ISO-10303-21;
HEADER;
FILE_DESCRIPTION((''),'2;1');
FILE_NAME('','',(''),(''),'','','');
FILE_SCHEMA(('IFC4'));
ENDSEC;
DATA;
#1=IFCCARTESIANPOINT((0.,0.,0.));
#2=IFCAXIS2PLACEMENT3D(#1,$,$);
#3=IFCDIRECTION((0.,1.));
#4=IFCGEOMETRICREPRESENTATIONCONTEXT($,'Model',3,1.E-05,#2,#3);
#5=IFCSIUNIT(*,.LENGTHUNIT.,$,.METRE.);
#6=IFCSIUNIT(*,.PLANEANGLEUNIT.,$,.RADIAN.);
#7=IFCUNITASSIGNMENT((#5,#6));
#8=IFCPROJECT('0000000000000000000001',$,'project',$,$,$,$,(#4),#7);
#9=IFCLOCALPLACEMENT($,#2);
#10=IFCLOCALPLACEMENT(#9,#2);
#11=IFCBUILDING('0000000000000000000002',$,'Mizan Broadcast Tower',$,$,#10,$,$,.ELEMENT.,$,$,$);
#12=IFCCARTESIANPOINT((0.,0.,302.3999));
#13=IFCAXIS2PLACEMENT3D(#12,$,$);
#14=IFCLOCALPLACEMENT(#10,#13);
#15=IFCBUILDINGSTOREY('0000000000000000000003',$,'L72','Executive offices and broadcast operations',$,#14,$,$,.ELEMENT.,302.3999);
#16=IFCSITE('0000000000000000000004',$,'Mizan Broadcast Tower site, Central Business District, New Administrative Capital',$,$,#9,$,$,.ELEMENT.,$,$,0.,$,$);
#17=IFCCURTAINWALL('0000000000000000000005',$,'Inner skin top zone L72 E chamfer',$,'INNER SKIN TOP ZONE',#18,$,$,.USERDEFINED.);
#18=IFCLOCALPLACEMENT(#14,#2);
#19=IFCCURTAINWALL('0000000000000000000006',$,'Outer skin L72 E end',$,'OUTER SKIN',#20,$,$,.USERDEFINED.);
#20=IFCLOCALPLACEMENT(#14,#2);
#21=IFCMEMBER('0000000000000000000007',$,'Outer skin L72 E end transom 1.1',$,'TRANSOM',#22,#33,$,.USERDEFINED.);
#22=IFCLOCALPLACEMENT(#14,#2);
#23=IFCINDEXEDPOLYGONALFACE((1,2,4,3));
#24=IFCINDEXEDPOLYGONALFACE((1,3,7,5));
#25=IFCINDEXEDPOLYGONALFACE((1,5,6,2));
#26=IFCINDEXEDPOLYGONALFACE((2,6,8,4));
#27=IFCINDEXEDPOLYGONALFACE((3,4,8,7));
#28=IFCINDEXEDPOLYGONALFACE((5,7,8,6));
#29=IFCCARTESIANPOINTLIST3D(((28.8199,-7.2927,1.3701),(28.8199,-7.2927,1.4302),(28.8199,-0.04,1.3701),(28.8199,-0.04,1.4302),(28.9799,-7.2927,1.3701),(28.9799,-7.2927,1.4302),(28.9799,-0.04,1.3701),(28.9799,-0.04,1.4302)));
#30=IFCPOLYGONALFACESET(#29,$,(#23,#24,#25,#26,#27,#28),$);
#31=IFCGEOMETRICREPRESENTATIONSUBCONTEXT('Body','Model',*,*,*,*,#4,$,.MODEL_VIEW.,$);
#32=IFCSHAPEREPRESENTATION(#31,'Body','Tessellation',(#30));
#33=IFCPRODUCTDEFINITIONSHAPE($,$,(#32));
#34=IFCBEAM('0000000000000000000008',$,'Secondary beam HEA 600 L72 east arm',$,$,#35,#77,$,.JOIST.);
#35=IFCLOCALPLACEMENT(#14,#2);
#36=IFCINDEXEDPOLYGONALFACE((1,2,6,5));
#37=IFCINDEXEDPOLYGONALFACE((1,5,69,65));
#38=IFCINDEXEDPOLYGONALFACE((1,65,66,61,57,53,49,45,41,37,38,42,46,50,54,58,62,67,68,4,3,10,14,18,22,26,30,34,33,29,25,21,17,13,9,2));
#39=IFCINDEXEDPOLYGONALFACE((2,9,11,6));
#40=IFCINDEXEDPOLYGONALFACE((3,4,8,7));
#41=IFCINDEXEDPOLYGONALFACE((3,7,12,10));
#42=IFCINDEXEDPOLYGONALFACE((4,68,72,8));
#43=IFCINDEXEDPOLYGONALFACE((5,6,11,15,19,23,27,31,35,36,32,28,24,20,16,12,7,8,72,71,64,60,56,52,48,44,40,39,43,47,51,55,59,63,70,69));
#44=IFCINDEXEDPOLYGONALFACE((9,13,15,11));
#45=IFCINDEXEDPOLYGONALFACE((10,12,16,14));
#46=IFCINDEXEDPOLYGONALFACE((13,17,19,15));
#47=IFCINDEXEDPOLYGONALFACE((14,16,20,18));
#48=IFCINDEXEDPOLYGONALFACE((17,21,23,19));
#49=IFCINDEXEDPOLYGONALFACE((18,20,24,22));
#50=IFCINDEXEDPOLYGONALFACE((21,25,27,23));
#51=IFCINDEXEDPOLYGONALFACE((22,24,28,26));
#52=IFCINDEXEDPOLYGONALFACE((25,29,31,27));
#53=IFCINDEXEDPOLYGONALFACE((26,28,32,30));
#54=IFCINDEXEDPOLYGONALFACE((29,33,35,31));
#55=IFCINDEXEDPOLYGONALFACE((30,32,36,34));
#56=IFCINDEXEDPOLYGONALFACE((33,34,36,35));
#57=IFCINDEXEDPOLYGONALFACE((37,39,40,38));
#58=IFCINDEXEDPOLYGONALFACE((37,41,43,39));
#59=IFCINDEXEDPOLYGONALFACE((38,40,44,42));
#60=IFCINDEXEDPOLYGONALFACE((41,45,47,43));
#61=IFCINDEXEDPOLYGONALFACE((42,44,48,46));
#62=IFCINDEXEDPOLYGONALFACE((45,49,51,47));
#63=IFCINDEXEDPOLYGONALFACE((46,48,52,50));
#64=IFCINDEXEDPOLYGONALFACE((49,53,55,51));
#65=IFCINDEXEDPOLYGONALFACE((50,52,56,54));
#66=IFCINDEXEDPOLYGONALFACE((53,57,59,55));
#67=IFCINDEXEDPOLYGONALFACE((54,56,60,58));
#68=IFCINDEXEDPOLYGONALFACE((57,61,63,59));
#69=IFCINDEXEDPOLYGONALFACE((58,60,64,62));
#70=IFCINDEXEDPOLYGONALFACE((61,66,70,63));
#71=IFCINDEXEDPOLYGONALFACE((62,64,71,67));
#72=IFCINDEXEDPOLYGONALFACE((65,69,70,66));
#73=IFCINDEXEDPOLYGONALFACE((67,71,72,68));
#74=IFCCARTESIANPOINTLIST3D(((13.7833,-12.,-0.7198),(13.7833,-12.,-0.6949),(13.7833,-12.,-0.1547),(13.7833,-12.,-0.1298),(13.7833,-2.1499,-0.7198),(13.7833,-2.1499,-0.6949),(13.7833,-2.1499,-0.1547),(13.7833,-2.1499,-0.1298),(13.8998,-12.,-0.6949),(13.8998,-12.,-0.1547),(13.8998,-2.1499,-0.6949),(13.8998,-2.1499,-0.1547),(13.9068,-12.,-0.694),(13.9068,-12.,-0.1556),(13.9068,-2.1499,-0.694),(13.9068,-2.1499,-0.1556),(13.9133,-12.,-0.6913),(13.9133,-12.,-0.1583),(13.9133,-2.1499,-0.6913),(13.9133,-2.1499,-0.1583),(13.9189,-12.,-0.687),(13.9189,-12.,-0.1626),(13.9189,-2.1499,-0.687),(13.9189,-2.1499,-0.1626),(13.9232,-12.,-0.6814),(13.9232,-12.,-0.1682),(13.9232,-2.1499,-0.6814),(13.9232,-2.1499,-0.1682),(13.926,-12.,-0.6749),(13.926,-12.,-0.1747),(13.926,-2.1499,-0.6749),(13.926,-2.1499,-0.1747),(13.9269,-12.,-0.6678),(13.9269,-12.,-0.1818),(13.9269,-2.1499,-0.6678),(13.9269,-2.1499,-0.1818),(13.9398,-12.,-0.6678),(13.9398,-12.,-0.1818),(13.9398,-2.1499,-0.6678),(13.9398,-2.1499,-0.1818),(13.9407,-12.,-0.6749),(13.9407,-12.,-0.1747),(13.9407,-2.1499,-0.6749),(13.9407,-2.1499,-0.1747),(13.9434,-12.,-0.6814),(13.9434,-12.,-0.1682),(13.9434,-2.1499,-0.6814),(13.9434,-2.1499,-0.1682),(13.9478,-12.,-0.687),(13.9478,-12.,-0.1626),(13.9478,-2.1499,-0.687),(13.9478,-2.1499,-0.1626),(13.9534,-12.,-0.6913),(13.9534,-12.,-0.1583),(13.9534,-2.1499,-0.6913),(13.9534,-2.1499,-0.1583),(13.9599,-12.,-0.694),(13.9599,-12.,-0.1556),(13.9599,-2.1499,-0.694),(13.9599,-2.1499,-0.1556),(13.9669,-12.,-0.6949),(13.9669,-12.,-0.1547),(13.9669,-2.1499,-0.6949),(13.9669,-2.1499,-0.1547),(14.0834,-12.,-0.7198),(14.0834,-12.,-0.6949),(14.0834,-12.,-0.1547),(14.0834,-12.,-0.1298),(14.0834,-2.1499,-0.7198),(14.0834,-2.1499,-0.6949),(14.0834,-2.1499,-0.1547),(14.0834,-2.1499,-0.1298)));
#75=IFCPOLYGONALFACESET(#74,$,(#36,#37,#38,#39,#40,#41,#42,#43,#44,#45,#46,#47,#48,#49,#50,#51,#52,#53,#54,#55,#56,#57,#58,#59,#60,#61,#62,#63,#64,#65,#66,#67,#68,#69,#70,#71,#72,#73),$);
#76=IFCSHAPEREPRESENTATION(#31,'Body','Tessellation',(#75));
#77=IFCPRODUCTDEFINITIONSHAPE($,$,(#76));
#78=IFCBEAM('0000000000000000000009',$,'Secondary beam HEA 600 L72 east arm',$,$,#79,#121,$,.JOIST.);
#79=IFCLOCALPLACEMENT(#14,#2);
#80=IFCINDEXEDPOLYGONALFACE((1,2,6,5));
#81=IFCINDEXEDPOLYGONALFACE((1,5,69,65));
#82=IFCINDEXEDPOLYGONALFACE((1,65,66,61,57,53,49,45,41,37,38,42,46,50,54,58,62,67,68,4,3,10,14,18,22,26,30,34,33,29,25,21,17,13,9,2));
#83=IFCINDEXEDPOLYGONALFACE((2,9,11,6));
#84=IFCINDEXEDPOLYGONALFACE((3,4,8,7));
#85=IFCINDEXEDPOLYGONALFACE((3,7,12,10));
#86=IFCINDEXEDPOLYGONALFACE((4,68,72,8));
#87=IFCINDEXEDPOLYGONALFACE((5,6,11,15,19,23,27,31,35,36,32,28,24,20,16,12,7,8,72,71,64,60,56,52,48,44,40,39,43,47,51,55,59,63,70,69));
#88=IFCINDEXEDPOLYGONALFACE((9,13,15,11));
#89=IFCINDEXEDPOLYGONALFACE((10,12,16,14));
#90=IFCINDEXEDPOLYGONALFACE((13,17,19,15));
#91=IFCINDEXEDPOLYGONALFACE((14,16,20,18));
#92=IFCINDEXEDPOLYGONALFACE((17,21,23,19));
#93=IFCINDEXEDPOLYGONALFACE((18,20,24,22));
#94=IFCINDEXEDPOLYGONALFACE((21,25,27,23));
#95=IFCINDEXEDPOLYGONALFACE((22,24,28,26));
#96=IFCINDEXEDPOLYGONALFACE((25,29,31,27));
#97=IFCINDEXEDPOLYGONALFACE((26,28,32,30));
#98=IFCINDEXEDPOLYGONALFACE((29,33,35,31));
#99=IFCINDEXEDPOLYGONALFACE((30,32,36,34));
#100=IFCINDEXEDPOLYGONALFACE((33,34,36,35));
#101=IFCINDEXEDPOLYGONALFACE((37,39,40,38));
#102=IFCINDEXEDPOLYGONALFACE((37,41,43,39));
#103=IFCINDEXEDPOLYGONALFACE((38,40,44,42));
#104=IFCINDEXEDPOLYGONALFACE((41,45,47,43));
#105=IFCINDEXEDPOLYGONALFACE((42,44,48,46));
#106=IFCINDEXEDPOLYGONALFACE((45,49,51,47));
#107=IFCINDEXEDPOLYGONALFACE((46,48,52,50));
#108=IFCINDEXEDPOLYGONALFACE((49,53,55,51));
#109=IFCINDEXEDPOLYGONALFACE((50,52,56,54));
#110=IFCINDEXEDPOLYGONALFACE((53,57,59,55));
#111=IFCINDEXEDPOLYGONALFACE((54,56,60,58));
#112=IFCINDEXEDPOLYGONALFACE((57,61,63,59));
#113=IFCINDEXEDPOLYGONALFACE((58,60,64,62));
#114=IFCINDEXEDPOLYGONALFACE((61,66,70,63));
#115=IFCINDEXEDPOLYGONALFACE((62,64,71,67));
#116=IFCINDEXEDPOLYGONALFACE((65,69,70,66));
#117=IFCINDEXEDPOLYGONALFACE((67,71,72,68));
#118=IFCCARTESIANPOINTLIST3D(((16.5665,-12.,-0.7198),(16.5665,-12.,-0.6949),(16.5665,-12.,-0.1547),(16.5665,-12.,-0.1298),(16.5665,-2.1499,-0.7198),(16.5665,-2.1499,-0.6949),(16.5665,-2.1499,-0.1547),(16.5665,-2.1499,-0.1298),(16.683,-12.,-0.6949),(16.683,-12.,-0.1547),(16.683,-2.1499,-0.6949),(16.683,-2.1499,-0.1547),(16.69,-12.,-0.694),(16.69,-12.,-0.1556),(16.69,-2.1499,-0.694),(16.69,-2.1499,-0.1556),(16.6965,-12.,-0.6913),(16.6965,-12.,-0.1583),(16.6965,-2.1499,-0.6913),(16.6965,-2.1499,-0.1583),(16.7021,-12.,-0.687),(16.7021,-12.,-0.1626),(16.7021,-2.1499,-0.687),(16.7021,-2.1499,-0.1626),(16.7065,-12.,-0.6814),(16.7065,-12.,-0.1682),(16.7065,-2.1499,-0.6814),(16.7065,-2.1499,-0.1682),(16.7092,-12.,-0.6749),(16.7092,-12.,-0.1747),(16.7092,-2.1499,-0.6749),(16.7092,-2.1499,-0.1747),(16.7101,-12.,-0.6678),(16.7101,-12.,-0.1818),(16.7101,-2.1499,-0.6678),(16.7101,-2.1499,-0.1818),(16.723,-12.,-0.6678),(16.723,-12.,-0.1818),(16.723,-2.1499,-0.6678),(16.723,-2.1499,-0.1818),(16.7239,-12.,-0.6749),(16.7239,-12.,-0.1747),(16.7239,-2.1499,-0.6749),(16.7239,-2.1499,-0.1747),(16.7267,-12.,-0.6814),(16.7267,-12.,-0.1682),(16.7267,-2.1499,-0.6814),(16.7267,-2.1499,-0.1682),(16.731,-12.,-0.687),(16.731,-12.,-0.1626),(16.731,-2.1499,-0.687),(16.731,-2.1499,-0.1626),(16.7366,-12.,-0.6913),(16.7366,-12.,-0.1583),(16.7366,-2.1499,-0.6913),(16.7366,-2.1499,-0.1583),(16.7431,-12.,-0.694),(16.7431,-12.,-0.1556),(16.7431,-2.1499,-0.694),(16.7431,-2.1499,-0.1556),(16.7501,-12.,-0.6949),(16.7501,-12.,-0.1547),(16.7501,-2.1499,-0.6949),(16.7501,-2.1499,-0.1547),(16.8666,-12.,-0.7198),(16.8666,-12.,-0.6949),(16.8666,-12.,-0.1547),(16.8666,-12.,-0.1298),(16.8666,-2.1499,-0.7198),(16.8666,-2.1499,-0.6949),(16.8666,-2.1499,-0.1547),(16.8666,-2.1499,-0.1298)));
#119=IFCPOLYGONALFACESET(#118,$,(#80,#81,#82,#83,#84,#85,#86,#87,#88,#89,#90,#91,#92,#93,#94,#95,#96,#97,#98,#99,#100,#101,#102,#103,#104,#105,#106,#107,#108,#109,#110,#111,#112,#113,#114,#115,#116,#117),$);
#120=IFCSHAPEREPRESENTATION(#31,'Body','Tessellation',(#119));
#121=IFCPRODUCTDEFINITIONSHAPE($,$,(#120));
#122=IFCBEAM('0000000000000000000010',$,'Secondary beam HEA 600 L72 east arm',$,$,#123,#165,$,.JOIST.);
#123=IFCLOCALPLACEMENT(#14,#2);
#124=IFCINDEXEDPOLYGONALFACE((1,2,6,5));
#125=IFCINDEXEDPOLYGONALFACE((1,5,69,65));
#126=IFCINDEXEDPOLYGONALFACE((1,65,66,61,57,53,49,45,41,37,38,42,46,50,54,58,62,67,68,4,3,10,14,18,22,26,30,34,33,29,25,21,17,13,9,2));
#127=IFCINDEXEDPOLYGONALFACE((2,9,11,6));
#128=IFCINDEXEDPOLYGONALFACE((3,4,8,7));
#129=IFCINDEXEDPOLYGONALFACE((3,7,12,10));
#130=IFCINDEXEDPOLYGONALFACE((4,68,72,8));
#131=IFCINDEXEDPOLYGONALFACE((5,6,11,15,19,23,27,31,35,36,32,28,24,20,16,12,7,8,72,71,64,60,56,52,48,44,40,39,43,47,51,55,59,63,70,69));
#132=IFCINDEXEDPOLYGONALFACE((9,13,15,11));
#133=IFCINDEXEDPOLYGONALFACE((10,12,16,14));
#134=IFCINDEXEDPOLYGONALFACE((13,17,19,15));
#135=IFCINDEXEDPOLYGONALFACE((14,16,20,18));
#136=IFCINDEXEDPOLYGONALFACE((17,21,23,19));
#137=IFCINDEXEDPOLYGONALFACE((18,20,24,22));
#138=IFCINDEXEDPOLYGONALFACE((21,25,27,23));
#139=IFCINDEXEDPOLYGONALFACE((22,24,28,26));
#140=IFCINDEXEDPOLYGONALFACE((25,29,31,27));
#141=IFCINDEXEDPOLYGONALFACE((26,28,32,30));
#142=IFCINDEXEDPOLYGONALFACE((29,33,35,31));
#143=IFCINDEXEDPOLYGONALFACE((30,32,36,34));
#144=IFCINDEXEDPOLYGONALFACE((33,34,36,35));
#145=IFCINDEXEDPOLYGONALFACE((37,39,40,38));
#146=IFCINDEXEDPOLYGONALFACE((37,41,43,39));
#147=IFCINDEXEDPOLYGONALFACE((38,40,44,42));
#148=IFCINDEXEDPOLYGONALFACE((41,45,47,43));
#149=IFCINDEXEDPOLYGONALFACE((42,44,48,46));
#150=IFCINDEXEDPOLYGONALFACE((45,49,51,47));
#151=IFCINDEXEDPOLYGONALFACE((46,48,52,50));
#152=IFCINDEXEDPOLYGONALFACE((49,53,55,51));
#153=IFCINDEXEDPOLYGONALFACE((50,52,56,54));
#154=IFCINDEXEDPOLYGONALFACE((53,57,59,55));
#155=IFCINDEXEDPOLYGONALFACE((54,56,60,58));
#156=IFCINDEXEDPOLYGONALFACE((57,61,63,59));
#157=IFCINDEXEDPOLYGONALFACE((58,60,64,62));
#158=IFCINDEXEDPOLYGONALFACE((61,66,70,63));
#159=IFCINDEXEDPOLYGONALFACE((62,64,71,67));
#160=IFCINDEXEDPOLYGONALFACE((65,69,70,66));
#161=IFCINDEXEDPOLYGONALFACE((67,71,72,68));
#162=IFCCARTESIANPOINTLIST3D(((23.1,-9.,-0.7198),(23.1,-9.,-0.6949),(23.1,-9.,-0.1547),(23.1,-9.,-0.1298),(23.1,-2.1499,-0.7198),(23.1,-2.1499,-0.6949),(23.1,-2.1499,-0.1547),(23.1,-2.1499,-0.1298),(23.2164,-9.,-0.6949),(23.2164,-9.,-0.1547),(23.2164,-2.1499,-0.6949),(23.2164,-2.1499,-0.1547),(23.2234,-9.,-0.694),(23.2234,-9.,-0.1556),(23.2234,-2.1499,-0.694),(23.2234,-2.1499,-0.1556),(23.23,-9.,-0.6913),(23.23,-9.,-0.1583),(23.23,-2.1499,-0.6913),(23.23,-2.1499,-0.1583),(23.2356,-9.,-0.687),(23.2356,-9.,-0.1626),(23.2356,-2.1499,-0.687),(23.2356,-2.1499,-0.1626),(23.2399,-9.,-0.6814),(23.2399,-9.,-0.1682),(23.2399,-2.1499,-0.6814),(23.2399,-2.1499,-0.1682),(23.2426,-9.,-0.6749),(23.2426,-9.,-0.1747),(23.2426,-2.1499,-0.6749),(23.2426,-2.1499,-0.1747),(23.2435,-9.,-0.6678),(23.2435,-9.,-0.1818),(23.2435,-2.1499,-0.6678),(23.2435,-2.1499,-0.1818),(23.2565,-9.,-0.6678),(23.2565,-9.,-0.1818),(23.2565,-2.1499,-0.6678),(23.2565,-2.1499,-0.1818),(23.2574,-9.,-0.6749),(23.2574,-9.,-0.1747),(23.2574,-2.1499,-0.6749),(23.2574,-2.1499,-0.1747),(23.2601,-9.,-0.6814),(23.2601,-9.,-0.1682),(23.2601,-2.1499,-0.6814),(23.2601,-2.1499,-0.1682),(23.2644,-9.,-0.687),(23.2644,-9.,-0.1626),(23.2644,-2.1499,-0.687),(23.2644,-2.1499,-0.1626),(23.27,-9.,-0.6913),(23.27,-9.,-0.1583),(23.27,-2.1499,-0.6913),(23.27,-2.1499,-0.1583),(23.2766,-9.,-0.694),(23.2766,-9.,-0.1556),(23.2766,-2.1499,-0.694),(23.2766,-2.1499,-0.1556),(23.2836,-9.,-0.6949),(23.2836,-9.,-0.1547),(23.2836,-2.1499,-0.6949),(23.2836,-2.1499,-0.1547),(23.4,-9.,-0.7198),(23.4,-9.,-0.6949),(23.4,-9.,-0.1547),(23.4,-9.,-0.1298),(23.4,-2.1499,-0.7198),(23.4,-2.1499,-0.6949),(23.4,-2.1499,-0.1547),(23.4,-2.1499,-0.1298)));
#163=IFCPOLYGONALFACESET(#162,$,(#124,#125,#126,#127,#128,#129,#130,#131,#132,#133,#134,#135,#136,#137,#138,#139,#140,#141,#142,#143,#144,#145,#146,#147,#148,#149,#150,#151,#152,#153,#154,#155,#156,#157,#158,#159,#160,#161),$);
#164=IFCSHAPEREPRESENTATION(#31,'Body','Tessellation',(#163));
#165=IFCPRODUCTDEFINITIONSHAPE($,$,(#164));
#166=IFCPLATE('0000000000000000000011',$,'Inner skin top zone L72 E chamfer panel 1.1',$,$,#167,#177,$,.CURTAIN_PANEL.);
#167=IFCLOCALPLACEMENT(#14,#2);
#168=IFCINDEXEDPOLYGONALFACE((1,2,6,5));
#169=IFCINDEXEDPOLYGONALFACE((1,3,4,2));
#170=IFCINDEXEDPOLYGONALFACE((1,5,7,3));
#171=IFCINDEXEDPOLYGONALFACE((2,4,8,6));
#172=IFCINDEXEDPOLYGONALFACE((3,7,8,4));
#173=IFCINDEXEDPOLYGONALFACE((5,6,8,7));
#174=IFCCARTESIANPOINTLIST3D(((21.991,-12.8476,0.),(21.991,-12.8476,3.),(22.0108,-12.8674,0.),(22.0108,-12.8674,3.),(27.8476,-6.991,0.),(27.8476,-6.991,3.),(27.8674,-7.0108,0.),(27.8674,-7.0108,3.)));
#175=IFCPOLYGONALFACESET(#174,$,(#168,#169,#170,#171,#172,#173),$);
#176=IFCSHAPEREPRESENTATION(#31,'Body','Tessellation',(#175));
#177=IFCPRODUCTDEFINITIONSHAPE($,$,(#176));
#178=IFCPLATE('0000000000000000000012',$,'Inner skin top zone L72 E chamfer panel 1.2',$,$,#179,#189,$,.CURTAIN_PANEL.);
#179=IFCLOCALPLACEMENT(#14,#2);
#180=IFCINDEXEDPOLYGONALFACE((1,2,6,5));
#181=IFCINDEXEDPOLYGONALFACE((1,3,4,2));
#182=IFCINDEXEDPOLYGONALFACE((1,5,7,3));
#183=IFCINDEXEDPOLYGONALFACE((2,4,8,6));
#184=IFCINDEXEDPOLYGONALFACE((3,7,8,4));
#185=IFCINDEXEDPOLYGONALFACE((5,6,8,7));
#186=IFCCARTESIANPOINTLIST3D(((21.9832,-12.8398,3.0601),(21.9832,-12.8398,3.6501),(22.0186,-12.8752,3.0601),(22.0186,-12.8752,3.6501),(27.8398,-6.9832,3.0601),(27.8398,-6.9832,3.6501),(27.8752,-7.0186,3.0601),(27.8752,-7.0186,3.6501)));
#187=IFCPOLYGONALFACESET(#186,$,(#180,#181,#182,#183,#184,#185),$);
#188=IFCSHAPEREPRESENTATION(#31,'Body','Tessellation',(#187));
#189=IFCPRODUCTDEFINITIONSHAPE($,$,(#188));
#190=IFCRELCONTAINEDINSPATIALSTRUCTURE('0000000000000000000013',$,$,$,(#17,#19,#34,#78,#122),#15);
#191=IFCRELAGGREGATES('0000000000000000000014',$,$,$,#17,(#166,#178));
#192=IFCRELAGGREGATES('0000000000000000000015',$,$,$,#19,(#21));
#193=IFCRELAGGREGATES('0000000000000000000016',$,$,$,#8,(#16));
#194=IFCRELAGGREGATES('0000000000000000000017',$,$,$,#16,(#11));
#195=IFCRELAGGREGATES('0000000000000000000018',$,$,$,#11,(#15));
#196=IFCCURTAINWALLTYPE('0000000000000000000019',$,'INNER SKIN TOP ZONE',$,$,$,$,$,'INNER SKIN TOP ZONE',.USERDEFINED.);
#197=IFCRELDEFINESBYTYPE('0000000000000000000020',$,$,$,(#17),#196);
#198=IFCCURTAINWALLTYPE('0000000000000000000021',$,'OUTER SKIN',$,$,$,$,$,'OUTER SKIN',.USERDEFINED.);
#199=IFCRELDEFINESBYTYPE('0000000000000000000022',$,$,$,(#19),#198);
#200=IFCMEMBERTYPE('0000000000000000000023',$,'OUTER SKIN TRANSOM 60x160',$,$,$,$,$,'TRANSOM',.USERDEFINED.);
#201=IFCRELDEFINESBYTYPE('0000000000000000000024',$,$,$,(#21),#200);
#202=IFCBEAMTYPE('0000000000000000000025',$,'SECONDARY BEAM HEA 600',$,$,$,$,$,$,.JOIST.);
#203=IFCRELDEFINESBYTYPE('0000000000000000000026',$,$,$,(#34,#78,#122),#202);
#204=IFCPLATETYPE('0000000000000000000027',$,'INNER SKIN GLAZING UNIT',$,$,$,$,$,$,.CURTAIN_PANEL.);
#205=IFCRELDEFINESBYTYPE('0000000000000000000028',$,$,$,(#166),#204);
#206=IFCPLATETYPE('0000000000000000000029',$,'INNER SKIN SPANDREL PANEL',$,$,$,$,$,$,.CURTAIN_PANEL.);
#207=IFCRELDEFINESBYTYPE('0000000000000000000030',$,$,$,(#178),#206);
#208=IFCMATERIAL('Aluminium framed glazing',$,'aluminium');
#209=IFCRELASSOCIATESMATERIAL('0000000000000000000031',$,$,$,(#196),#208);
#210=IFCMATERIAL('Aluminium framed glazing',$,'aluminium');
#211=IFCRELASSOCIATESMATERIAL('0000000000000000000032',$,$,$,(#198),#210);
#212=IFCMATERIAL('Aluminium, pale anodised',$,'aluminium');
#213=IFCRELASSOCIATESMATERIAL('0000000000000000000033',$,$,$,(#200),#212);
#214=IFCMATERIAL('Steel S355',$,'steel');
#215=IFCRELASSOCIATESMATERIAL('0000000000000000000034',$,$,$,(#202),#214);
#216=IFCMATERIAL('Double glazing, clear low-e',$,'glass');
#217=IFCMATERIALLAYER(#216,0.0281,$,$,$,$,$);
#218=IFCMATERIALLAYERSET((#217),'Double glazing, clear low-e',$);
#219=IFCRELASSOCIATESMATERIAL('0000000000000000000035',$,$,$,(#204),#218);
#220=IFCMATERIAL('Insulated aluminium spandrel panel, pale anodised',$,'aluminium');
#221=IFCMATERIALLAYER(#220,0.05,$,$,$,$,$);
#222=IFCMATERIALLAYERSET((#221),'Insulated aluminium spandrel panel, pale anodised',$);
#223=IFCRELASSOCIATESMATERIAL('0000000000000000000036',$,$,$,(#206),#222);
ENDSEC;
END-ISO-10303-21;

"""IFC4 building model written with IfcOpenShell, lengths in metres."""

from ifc_helpers import new_model, si_unit, direction, frame, origin, origin_2d, place, context, subcontext, project, spatial, rectangle, i_section, extrude, material, layer, layer_set, material_profile, profile_set, type_object, element, aggregate, save


model = new_model("IFC4")

# Units and contexts
model_context = context("Model", 3, precision=1e-05, world=origin(), true_north=direction((0.0, 1.0)))
body_context = subcontext(model_context, "Body", "Model", "MODEL_VIEW")
ifc_project = project(units=[si_unit("LENGTHUNIT", "METRE"), si_unit("PLANEANGLEUNIT", "RADIAN")], contexts=[model_context])

# Site, building, storey
site_placement = place(None, origin())
site = spatial("IfcSite", under=ifc_project, at=site_placement, Name="Mizan Broadcast Tower site, Central Business District, New Administrative Capital", CompositionType="ELEMENT", RefElevation=0.0)
building_placement = place(site_placement, origin())
building = spatial("IfcBuilding", under=site, at=building_placement, Name="Mizan Broadcast Tower", CompositionType="ELEMENT")
storey_placement = place(building_placement, frame((0.0, 0.0, 302.3999)))
storey = spatial("IfcBuildingStorey", under=building, at=storey_placement, Name="L72", Description="Executive offices and broadcast operations", CompositionType="ELEMENT", Elevation=302.3999)

# Curtain wall
ifc_material_1 = material(Name="Aluminium framed glazing", Category="aluminium")
curtain_wall_type_1 = type_object("IfcCurtainWallType", Name="INNER SKIN TOP ZONE", ElementType="INNER SKIN TOP ZONE", PredefinedType="USERDEFINED", material=ifc_material_1)
curtain_wall_1_placement = place(storey_placement, origin())
curtain_wall_1 = element("IfcCurtainWall", 1, at=curtain_wall_1_placement, inside=storey, type_object=curtain_wall_type_1, Name="Inner skin top zone L72 E chamfer", ObjectType="INNER SKIN TOP ZONE", PredefinedType="USERDEFINED")

# Shared definitions
ifc_material_2 = material(Name="Aluminium framed glazing", Category="aluminium")
curtain_wall_type_2 = type_object("IfcCurtainWallType", Name="OUTER SKIN", ElementType="OUTER SKIN", PredefinedType="USERDEFINED", material=ifc_material_2)
ifc_material_3 = material(Name="Aluminium, pale anodised", Category="aluminium")
ifc_material_profile_1 = material_profile(ifc_material_3, rectangle(XDim=0.1599, YDim=0.0601, at=origin_2d()), Name="TRANSOM 160x60")
ifc_profile_set_1 = profile_set([ifc_material_profile_1], Name="Aluminium, pale anodised")
member_type_1 = type_object("IfcMemberType", Name="OUTER SKIN TRANSOM 60x160", ElementType="TRANSOM", PredefinedType="USERDEFINED", material=ifc_profile_set_1)

# Curtain wall, member
curtain_wall_2_placement = place(storey_placement, origin())
curtain_wall_2 = element("IfcCurtainWall", 2, at=curtain_wall_2_placement, inside=storey, type_object=curtain_wall_type_2, Name="Outer skin L72 E end", ObjectType="OUTER SKIN", PredefinedType="USERDEFINED")
member_1_placement = place(storey_placement, frame((28.8999, -7.2927, 1.4001), z_axis=(0.0, 1.0, 0.0), x_axis=(-1.0, 0.0, 0.0)))
member_1 = element("IfcMember", 3, at=member_1_placement, type_object=member_type_1, Name="Outer skin L72 E end transom 1.1", ObjectType="TRANSOM", PredefinedType="USERDEFINED", context=body_context, shape_type="SweptSolid", body=[
    extrude(rectangle(XDim=0.1599, YDim=0.0601, at=origin_2d()), origin(), (0.0, 0.0, 1.0), 7.2527),
])

# Beams
ifc_material_4 = material(Name="Steel S355", Category="steel")
ifc_material_profile_2 = material_profile(ifc_material_4, i_section(OverallWidth=0.3, OverallDepth=0.5901, WebThickness=0.0129, FlangeThickness=0.0249, FilletRadius=0.0271, at=origin_2d()), Name="HEA 600")
ifc_profile_set_2 = profile_set([ifc_material_profile_2], Name="Steel S355")
beam_type_1 = type_object("IfcBeamType", Name="SECONDARY BEAM HEA 600", PredefinedType="JOIST", material=ifc_profile_set_2)
for number, where, z_axis, x_axis, name in (
    (4, (13.9333, -12.0, -0.4248), (0.0, 1.0, 0.0), (-1.0, 0.0, 0.0), "Secondary beam HEA 600 L72 east arm"),
    (5, (16.7166, -12.0, -0.4248), (0.0, 1.0, 0.0), (-1.0, 0.0, 0.0), "Secondary beam HEA 600 L72 east arm"),
):
    element("IfcBeam", number, at=place(storey_placement, frame(where, z_axis=z_axis, x_axis=x_axis)), inside=storey, type_object=beam_type_1, Name=name, PredefinedType="JOIST", context=body_context, shape_type="SweptSolid", body=[
        extrude(i_section(OverallWidth=0.3, OverallDepth=0.5901, WebThickness=0.0129, FlangeThickness=0.0249, FilletRadius=0.0271, at=origin_2d()), origin(), (0.0, 0.0, 1.0), 9.8501),
    ])
beam_1_placement = place(storey_placement, frame((23.25, -9.0, -0.4248), z_axis=(0.0, 1.0, 0.0), x_axis=(-1.0, 0.0, 0.0)))
element("IfcBeam", 6, at=beam_1_placement, inside=storey, type_object=beam_type_1, Name="Secondary beam HEA 600 L72 east arm", PredefinedType="JOIST", context=body_context, shape_type="SweptSolid", body=[
    extrude(i_section(OverallWidth=0.3, OverallDepth=0.5901, WebThickness=0.0129, FlangeThickness=0.0249, FilletRadius=0.0271, at=origin_2d()), origin(), (0.0, 0.0, 1.0), 6.8501),
])

# Plates
ifc_material_5 = material(Name="Double glazing, clear low-e", Category="glass")
ifc_layer_1 = layer(ifc_material_5, 0.0281)
ifc_layer_set_1 = layer_set([ifc_layer_1], Name="Double glazing, clear low-e")
plate_type_1 = type_object("IfcPlateType", Name="INNER SKIN GLAZING UNIT", PredefinedType="CURTAIN_PANEL", material=ifc_layer_set_1)
plate_1_placement = place(storey_placement, frame((24.9292, -9.9292, 0.0), z_axis=(0.0, 0.0, 1.0), x_axis=(0.707107, 0.707107, 0.0)))
plate_1 = element("IfcPlate", 7, at=plate_1_placement, type_object=plate_type_1, Name="Inner skin top zone L72 E chamfer panel 1.1", PredefinedType="CURTAIN_PANEL", context=body_context, shape_type="SweptSolid", body=[
    extrude(rectangle(XDim=8.2825, YDim=0.0281, at=origin_2d()), origin(), (0.0, 0.0, 1.0), 3.0),
])
ifc_material_6 = material(Name="Insulated aluminium spandrel panel, pale anodised", Category="aluminium")
ifc_layer_2 = layer(ifc_material_6, 0.05)
ifc_layer_set_2 = layer_set([ifc_layer_2], Name="Insulated aluminium spandrel panel, pale anodised")
plate_type_2 = type_object("IfcPlateType", Name="INNER SKIN SPANDREL PANEL", PredefinedType="CURTAIN_PANEL", material=ifc_layer_set_2)
plate_2_placement = place(storey_placement, frame((24.9292, -9.9292, 3.0601), z_axis=(0.0, 0.0, 1.0), x_axis=(0.707107, 0.707107, 0.0)))
plate_2 = element("IfcPlate", 8, at=plate_2_placement, type_object=plate_type_2, Name="Inner skin top zone L72 E chamfer panel 1.2", PredefinedType="CURTAIN_PANEL", context=body_context, shape_type="SweptSolid", body=[
    extrude(rectangle(XDim=8.2825, YDim=0.05, at=origin_2d()), origin(), (0.0, 0.0, 1.0), 0.5901),
])
aggregate(curtain_wall_1, [plate_1, plate_2])
aggregate(curtain_wall_2, [member_1])

save(model, "model.ifc")
